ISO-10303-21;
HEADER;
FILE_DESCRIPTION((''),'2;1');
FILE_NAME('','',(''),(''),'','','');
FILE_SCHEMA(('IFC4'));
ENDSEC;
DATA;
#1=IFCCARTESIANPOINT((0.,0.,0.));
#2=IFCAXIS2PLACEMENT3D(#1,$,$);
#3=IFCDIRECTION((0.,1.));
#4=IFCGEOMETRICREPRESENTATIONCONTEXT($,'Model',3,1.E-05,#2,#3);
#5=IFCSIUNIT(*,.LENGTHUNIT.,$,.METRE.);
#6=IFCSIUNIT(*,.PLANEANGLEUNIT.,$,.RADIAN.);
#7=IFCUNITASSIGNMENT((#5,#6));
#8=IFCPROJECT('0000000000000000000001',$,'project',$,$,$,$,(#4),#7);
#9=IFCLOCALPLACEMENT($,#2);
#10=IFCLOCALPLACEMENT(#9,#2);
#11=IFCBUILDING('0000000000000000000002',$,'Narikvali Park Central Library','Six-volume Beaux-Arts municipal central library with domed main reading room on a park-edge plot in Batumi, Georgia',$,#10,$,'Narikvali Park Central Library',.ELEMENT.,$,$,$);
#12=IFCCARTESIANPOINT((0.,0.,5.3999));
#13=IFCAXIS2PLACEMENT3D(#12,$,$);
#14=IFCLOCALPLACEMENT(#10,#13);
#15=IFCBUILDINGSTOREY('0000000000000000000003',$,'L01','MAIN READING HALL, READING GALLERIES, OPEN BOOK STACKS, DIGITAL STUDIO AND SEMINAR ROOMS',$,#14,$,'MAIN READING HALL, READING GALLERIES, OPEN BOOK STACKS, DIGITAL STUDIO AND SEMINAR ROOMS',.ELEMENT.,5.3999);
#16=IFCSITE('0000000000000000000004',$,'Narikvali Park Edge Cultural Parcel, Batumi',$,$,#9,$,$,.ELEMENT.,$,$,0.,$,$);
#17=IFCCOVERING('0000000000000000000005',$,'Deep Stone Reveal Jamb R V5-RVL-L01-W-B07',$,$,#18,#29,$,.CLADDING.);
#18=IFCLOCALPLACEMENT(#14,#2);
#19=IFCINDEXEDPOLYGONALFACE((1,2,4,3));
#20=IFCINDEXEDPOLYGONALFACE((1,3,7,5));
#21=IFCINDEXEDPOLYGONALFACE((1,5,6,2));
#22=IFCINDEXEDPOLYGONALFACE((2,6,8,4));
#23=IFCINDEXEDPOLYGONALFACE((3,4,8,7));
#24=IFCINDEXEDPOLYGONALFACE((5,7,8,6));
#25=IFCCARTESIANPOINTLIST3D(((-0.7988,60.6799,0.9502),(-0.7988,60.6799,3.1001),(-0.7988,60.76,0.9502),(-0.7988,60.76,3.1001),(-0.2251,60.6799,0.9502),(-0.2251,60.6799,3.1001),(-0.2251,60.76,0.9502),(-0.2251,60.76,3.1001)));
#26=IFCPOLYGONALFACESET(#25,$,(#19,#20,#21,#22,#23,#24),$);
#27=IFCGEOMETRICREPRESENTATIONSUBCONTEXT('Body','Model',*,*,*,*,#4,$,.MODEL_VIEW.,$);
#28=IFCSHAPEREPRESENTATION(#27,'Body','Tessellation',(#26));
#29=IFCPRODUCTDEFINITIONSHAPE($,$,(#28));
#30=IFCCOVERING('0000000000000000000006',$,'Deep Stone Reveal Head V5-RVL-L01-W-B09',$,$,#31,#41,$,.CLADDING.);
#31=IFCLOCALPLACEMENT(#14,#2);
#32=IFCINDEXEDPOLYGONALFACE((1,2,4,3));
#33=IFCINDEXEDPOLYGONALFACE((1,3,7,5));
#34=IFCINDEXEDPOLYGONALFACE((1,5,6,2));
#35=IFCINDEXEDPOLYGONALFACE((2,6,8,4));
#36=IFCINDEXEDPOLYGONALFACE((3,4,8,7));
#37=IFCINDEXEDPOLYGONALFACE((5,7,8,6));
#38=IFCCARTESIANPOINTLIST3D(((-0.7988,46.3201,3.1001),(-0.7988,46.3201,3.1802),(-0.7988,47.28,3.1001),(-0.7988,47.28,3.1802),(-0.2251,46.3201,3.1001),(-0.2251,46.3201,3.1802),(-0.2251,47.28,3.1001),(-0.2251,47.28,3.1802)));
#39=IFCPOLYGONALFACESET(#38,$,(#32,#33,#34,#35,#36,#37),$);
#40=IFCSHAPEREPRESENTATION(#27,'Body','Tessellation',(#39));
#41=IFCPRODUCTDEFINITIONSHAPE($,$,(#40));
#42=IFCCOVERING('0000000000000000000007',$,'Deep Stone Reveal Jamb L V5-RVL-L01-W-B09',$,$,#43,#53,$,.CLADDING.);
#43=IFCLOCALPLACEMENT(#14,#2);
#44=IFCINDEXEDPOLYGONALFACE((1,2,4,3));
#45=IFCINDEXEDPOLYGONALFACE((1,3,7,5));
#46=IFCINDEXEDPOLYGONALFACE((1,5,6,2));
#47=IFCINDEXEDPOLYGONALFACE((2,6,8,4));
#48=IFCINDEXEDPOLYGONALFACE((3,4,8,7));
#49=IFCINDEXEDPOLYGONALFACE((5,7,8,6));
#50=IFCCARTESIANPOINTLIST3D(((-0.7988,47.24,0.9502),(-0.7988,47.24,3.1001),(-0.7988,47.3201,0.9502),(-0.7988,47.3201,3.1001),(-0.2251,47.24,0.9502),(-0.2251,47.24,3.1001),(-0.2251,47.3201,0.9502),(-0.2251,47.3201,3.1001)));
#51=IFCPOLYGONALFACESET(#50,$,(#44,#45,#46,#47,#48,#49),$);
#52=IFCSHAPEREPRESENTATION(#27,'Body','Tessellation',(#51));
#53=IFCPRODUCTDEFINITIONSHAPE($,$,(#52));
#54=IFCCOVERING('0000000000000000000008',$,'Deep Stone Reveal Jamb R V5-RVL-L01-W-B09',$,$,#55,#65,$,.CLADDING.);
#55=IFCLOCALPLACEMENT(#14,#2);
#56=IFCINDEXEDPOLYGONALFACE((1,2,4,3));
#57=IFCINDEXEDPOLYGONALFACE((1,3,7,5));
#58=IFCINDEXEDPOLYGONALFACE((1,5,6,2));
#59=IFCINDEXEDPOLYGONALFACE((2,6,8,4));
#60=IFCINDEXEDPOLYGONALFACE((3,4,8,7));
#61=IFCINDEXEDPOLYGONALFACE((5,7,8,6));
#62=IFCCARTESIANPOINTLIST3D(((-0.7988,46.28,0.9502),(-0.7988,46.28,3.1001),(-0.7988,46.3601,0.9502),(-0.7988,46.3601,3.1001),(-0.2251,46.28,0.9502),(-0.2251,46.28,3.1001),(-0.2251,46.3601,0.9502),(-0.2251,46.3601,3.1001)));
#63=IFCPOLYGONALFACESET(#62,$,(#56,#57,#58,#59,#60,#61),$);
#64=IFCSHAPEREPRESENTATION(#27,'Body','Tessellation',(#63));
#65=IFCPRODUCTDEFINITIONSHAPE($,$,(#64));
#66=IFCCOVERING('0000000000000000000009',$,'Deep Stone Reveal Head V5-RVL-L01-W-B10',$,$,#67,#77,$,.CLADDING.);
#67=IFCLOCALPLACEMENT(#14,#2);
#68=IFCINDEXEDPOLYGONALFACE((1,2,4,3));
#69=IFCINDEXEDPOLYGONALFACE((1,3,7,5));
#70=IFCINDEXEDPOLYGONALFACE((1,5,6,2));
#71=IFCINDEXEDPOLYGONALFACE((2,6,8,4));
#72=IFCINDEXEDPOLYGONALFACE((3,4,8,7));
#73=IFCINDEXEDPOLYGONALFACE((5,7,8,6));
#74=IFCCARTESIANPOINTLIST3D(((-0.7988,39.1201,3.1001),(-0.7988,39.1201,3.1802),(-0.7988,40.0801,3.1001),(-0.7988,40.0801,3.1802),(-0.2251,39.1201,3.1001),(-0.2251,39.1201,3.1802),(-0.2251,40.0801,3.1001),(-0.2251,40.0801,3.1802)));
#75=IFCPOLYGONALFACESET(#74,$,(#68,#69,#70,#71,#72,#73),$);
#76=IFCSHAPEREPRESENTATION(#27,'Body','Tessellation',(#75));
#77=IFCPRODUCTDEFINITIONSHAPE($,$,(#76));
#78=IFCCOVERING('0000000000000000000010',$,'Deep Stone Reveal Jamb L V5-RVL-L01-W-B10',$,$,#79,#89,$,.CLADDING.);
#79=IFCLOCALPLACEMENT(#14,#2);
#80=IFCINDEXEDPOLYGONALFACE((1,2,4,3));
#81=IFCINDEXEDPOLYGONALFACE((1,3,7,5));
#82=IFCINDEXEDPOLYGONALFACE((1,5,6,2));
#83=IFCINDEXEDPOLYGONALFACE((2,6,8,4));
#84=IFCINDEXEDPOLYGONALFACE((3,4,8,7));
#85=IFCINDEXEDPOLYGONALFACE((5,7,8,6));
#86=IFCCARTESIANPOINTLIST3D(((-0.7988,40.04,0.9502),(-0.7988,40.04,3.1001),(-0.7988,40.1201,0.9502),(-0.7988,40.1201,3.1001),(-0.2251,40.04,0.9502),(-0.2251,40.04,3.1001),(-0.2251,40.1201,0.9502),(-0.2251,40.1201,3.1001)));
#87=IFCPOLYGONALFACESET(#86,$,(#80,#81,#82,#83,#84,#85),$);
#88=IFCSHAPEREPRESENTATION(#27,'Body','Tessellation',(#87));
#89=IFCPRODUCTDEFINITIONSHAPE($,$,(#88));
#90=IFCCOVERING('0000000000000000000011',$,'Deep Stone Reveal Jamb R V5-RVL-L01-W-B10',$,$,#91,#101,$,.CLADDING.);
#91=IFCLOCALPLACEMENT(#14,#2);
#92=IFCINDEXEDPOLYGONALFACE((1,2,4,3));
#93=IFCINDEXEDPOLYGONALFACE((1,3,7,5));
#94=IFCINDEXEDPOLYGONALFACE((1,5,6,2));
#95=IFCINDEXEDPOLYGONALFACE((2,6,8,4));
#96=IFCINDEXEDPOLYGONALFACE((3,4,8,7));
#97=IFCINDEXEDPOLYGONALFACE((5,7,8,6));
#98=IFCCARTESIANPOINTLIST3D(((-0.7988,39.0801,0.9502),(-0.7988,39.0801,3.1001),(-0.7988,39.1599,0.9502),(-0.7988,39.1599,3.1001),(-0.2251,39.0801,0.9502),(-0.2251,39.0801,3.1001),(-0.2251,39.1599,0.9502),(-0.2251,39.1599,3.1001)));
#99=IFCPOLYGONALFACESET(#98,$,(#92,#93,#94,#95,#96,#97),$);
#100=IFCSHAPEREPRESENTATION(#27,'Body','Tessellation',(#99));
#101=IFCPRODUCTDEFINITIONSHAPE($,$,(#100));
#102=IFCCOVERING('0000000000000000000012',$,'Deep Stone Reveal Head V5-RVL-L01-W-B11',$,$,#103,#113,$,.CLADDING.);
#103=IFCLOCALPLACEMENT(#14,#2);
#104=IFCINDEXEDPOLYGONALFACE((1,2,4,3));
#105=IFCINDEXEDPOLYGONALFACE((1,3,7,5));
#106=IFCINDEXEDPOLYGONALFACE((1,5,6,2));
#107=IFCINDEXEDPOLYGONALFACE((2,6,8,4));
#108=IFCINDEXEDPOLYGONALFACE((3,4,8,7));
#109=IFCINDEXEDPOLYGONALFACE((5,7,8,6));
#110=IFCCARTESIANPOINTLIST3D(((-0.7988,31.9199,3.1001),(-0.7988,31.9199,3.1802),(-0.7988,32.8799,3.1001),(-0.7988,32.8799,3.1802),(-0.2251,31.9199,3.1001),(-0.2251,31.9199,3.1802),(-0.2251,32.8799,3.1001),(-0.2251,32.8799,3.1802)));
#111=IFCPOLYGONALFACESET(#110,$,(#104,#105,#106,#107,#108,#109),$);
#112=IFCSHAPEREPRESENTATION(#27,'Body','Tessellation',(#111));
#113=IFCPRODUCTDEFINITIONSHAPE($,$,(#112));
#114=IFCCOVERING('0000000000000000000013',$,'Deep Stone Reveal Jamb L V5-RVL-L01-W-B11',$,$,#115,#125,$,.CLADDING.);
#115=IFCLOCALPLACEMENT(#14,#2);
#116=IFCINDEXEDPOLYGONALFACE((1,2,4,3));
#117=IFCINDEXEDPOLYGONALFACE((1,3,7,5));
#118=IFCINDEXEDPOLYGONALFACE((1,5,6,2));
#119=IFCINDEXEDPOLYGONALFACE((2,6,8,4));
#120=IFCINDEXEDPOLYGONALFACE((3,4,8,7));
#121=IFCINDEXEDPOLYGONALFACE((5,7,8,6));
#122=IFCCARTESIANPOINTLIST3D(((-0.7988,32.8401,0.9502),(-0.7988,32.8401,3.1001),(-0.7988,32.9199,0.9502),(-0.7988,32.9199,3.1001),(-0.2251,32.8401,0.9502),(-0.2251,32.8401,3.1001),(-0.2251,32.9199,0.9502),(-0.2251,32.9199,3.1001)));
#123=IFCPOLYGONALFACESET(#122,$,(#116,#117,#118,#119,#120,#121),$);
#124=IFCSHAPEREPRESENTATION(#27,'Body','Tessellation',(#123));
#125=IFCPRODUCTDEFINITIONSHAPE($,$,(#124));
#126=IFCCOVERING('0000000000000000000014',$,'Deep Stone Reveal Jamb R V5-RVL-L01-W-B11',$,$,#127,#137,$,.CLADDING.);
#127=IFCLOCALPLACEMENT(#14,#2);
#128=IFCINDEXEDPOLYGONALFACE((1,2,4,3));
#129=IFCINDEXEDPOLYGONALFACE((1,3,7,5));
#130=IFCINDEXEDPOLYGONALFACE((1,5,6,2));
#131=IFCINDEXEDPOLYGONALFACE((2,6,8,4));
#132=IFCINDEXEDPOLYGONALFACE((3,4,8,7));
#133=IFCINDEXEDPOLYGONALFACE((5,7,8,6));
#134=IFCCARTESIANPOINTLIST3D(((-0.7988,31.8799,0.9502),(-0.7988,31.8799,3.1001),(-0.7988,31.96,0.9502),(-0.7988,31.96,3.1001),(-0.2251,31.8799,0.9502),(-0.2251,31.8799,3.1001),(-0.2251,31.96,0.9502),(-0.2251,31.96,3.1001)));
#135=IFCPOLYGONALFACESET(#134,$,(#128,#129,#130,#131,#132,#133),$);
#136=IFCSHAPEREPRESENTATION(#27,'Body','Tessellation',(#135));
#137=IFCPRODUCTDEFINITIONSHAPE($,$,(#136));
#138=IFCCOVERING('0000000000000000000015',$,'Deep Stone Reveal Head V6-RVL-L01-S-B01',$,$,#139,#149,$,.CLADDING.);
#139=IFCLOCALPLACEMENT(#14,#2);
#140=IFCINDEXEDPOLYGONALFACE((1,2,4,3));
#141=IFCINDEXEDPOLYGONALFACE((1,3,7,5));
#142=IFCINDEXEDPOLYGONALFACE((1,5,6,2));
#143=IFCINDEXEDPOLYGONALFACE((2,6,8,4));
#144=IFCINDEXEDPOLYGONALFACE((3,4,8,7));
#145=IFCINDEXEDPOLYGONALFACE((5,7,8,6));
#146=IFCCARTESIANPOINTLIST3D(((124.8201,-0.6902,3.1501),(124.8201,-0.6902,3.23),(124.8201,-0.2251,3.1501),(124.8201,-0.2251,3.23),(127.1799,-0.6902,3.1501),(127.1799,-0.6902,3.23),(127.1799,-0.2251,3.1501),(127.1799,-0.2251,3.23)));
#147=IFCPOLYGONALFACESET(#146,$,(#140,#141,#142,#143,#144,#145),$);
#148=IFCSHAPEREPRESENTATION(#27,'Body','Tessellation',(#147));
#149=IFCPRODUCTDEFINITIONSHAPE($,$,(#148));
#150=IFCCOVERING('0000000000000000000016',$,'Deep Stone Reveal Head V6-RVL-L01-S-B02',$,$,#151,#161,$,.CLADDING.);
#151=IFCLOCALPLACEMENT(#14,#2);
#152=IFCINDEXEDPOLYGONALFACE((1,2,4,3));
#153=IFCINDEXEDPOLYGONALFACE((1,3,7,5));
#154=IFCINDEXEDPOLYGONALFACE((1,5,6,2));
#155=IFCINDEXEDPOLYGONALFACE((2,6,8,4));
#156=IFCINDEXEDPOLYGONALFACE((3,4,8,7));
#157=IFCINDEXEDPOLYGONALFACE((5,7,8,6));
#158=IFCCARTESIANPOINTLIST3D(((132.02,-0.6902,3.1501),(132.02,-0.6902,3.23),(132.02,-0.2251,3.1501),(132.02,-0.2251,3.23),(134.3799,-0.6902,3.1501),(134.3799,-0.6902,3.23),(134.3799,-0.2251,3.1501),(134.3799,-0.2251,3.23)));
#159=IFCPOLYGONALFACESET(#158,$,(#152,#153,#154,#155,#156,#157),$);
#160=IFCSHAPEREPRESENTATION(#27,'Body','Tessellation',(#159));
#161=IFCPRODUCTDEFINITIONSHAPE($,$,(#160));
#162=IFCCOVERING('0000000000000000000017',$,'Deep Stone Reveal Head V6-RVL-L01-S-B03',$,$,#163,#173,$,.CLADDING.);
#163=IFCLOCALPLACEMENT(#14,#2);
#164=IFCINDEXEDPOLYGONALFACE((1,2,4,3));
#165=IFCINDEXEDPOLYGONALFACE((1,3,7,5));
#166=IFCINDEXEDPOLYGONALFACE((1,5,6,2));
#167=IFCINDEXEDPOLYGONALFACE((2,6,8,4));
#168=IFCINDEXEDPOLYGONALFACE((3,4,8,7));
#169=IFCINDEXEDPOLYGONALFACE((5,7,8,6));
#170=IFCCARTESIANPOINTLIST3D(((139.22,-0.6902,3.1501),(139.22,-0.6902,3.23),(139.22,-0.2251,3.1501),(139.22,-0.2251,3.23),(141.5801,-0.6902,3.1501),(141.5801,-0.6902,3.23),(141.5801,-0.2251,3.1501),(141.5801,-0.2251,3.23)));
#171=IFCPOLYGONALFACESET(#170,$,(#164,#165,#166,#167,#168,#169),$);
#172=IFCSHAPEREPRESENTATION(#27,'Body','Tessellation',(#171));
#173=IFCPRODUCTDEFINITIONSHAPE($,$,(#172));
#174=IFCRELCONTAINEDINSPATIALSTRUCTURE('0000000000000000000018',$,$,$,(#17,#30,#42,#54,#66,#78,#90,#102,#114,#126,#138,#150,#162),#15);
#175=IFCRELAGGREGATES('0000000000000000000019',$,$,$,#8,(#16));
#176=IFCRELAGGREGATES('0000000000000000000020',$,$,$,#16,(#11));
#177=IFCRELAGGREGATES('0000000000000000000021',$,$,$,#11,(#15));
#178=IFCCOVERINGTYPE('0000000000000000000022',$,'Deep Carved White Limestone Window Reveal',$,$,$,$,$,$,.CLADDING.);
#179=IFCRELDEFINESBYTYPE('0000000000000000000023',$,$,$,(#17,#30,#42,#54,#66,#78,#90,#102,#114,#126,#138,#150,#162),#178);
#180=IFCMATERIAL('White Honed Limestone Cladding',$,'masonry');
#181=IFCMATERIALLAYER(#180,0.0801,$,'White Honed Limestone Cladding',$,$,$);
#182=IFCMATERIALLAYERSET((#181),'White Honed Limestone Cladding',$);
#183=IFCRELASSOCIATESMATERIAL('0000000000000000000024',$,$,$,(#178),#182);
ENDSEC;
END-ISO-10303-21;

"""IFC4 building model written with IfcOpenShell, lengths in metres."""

from ifc_helpers import new_model, si_unit, direction, frame, origin, place, context, subcontext, project, spatial, polyline, outline, extrude, material, layer, layer_set, type_object, element, save


model = new_model("IFC4")

# Units and contexts
model_context = context("Model", 3, precision=1e-05, world=origin(), true_north=direction((0.0, 1.0)))
body_context = subcontext(model_context, "Body", "Model", "MODEL_VIEW")
ifc_project = project(units=[si_unit("LENGTHUNIT", "METRE"), si_unit("PLANEANGLEUNIT", "RADIAN")], contexts=[model_context])

# Site, building, storey
site_placement = place(None, origin())
site = spatial("IfcSite", under=ifc_project, at=site_placement, Name="Narikvali Park Edge Cultural Parcel, Batumi", CompositionType="ELEMENT", RefElevation=0.0)
building_placement = place(site_placement, origin())
building = spatial("IfcBuilding", under=site, at=building_placement, Name="Narikvali Park Central Library", Description="Six-volume Beaux-Arts municipal central library with domed main reading room on a park-edge plot in Batumi, Georgia", LongName="Narikvali Park Central Library", CompositionType="ELEMENT")
storey_placement = place(building_placement, frame((0.0, 0.0, 5.3999)))
storey = spatial("IfcBuildingStorey", under=building, at=storey_placement, Name="L01", Description="MAIN READING HALL, READING GALLERIES, OPEN BOOK STACKS, DIGITAL STUDIO AND SEMINAR ROOMS", LongName="MAIN READING HALL, READING GALLERIES, OPEN BOOK STACKS, DIGITAL STUDIO AND SEMINAR ROOMS", CompositionType="ELEMENT", Elevation=5.3999)

# Coverings
ifc_material = material(Name="White Honed Limestone Cladding", Category="masonry")
ifc_layer = layer(ifc_material, 0.0801, Name="White Honed Limestone Cladding")
ifc_layer_set = layer_set([ifc_layer], Name="White Honed Limestone Cladding")
covering_type = type_object("IfcCoveringType", Name="Deep Carved White Limestone Window Reveal", PredefinedType="CLADDING", material=ifc_layer_set)
covering_1_placement = place(storey_placement, frame((0.0, 0.0, 0.9502)))
element("IfcCovering", 1, at=covering_1_placement, inside=storey, type_object=covering_type, Name="Deep Stone Reveal Jamb R V5-RVL-L01-W-B07", PredefinedType="CLADDING", context=body_context, shape_type="SweptSolid", body=[
    extrude(outline(polyline([(-0.2251, 60.76), (-0.2251, 60.6799), (-0.7988, 60.6799), (-0.7988, 60.76), (-0.2251, 60.76)])), origin(), (0.0, 0.0, 1.0), 2.1499),
])
covering_2_placement = place(storey_placement, frame((0.0, 0.0, 3.1001)))
element("IfcCovering", 2, at=covering_2_placement, inside=storey, type_object=covering_type, Name="Deep Stone Reveal Head V5-RVL-L01-W-B09", PredefinedType="CLADDING", context=body_context, shape_type="SweptSolid", body=[
    extrude(outline(polyline([(-0.2251, 47.28), (-0.2251, 46.3201), (-0.7988, 46.3201), (-0.7988, 47.28), (-0.2251, 47.28)])), origin(), (0.0, 0.0, 1.0), 0.0801),
])
covering_3_placement = place(storey_placement, frame((0.0, 0.0, 0.9502)))
element("IfcCovering", 3, at=covering_3_placement, inside=storey, type_object=covering_type, Name="Deep Stone Reveal Jamb L V5-RVL-L01-W-B09", PredefinedType="CLADDING", context=body_context, shape_type="SweptSolid", body=[
    extrude(outline(polyline([(-0.2251, 47.3201), (-0.2251, 47.24), (-0.7988, 47.24), (-0.7988, 47.3201), (-0.2251, 47.3201)])), origin(), (0.0, 0.0, 1.0), 2.1499),
])
covering_4_placement = place(storey_placement, frame((0.0, 0.0, 0.9502)))
element("IfcCovering", 4, at=covering_4_placement, inside=storey, type_object=covering_type, Name="Deep Stone Reveal Jamb R V5-RVL-L01-W-B09", PredefinedType="CLADDING", context=body_context, shape_type="SweptSolid", body=[
    extrude(outline(polyline([(-0.2251, 46.3601), (-0.2251, 46.28), (-0.7988, 46.28), (-0.7988, 46.3601), (-0.2251, 46.3601)])), origin(), (0.0, 0.0, 1.0), 2.1499),
])
covering_5_placement = place(storey_placement, frame((0.0, 0.0, 3.1001)))
element("IfcCovering", 5, at=covering_5_placement, inside=storey, type_object=covering_type, Name="Deep Stone Reveal Head V5-RVL-L01-W-B10", PredefinedType="CLADDING", context=body_context, shape_type="SweptSolid", body=[
    extrude(outline(polyline([(-0.2251, 40.0801), (-0.2251, 39.1201), (-0.7988, 39.1201), (-0.7988, 40.0801), (-0.2251, 40.0801)])), origin(), (0.0, 0.0, 1.0), 0.0801),
])
covering_6_placement = place(storey_placement, frame((0.0, 0.0, 0.9502)))
element("IfcCovering", 6, at=covering_6_placement, inside=storey, type_object=covering_type, Name="Deep Stone Reveal Jamb L V5-RVL-L01-W-B10", PredefinedType="CLADDING", context=body_context, shape_type="SweptSolid", body=[
    extrude(outline(polyline([(-0.2251, 40.1201), (-0.2251, 40.04), (-0.7988, 40.04), (-0.7988, 40.1201), (-0.2251, 40.1201)])), origin(), (0.0, 0.0, 1.0), 2.1499),
])
covering_7_placement = place(storey_placement, frame((0.0, 0.0, 0.9502)))
element("IfcCovering", 7, at=covering_7_placement, inside=storey, type_object=covering_type, Name="Deep Stone Reveal Jamb R V5-RVL-L01-W-B10", PredefinedType="CLADDING", context=body_context, shape_type="SweptSolid", body=[
    extrude(outline(polyline([(-0.2251, 39.1599), (-0.2251, 39.0801), (-0.7988, 39.0801), (-0.7988, 39.1599), (-0.2251, 39.1599)])), origin(), (0.0, 0.0, 1.0), 2.1499),
])
covering_8_placement = place(storey_placement, frame((0.0, 0.0, 3.1001)))
element("IfcCovering", 8, at=covering_8_placement, inside=storey, type_object=covering_type, Name="Deep Stone Reveal Head V5-RVL-L01-W-B11", PredefinedType="CLADDING", context=body_context, shape_type="SweptSolid", body=[
    extrude(outline(polyline([(-0.2251, 32.8799), (-0.2251, 31.9199), (-0.7988, 31.9199), (-0.7988, 32.8799), (-0.2251, 32.8799)])), origin(), (0.0, 0.0, 1.0), 0.0801),
])
covering_9_placement = place(storey_placement, frame((0.0, 0.0, 0.9502)))
element("IfcCovering", 9, at=covering_9_placement, inside=storey, type_object=covering_type, Name="Deep Stone Reveal Jamb L V5-RVL-L01-W-B11", PredefinedType="CLADDING", context=body_context, shape_type="SweptSolid", body=[
    extrude(outline(polyline([(-0.2251, 32.9199), (-0.2251, 32.8401), (-0.7988, 32.8401), (-0.7988, 32.9199), (-0.2251, 32.9199)])), origin(), (0.0, 0.0, 1.0), 2.1499),
])
covering_10_placement = place(storey_placement, frame((0.0, 0.0, 0.9502)))
element("IfcCovering", 10, at=covering_10_placement, inside=storey, type_object=covering_type, Name="Deep Stone Reveal Jamb R V5-RVL-L01-W-B11", PredefinedType="CLADDING", context=body_context, shape_type="SweptSolid", body=[
    extrude(outline(polyline([(-0.2251, 31.96), (-0.2251, 31.8799), (-0.7988, 31.8799), (-0.7988, 31.96), (-0.2251, 31.96)])), origin(), (0.0, 0.0, 1.0), 2.1499),
])
covering_11_placement = place(storey_placement, frame((0.0, 0.0, 3.1501)))
element("IfcCovering", 11, at=covering_11_placement, inside=storey, type_object=covering_type, Name="Deep Stone Reveal Head V6-RVL-L01-S-B01", PredefinedType="CLADDING", context=body_context, shape_type="SweptSolid", body=[
    extrude(outline(polyline([(124.8201, -0.2251), (127.1799, -0.2251), (127.1799, -0.6902), (124.8201, -0.6902), (124.8201, -0.2251)])), origin(), (0.0, 0.0, 1.0), 0.0798),
])
covering_12_placement = place(storey_placement, frame((0.0, 0.0, 3.1501)))
element("IfcCovering", 12, at=covering_12_placement, inside=storey, type_object=covering_type, Name="Deep Stone Reveal Head V6-RVL-L01-S-B02", PredefinedType="CLADDING", context=body_context, shape_type="SweptSolid", body=[
    extrude(outline(polyline([(132.02, -0.2251), (134.3799, -0.2251), (134.3799, -0.6902), (132.02, -0.6902), (132.02, -0.2251)])), origin(), (0.0, 0.0, 1.0), 0.0798),
])
covering_13_placement = place(storey_placement, frame((0.0, 0.0, 3.1501)))
element("IfcCovering", 13, at=covering_13_placement, inside=storey, type_object=covering_type, Name="Deep Stone Reveal Head V6-RVL-L01-S-B03", PredefinedType="CLADDING", context=body_context, shape_type="SweptSolid", body=[
    extrude(outline(polyline([(139.22, -0.2251), (141.5801, -0.2251), (141.5801, -0.6902), (139.22, -0.6902), (139.22, -0.2251)])), origin(), (0.0, 0.0, 1.0), 0.0798),
])

save(model, "model.ifc")
